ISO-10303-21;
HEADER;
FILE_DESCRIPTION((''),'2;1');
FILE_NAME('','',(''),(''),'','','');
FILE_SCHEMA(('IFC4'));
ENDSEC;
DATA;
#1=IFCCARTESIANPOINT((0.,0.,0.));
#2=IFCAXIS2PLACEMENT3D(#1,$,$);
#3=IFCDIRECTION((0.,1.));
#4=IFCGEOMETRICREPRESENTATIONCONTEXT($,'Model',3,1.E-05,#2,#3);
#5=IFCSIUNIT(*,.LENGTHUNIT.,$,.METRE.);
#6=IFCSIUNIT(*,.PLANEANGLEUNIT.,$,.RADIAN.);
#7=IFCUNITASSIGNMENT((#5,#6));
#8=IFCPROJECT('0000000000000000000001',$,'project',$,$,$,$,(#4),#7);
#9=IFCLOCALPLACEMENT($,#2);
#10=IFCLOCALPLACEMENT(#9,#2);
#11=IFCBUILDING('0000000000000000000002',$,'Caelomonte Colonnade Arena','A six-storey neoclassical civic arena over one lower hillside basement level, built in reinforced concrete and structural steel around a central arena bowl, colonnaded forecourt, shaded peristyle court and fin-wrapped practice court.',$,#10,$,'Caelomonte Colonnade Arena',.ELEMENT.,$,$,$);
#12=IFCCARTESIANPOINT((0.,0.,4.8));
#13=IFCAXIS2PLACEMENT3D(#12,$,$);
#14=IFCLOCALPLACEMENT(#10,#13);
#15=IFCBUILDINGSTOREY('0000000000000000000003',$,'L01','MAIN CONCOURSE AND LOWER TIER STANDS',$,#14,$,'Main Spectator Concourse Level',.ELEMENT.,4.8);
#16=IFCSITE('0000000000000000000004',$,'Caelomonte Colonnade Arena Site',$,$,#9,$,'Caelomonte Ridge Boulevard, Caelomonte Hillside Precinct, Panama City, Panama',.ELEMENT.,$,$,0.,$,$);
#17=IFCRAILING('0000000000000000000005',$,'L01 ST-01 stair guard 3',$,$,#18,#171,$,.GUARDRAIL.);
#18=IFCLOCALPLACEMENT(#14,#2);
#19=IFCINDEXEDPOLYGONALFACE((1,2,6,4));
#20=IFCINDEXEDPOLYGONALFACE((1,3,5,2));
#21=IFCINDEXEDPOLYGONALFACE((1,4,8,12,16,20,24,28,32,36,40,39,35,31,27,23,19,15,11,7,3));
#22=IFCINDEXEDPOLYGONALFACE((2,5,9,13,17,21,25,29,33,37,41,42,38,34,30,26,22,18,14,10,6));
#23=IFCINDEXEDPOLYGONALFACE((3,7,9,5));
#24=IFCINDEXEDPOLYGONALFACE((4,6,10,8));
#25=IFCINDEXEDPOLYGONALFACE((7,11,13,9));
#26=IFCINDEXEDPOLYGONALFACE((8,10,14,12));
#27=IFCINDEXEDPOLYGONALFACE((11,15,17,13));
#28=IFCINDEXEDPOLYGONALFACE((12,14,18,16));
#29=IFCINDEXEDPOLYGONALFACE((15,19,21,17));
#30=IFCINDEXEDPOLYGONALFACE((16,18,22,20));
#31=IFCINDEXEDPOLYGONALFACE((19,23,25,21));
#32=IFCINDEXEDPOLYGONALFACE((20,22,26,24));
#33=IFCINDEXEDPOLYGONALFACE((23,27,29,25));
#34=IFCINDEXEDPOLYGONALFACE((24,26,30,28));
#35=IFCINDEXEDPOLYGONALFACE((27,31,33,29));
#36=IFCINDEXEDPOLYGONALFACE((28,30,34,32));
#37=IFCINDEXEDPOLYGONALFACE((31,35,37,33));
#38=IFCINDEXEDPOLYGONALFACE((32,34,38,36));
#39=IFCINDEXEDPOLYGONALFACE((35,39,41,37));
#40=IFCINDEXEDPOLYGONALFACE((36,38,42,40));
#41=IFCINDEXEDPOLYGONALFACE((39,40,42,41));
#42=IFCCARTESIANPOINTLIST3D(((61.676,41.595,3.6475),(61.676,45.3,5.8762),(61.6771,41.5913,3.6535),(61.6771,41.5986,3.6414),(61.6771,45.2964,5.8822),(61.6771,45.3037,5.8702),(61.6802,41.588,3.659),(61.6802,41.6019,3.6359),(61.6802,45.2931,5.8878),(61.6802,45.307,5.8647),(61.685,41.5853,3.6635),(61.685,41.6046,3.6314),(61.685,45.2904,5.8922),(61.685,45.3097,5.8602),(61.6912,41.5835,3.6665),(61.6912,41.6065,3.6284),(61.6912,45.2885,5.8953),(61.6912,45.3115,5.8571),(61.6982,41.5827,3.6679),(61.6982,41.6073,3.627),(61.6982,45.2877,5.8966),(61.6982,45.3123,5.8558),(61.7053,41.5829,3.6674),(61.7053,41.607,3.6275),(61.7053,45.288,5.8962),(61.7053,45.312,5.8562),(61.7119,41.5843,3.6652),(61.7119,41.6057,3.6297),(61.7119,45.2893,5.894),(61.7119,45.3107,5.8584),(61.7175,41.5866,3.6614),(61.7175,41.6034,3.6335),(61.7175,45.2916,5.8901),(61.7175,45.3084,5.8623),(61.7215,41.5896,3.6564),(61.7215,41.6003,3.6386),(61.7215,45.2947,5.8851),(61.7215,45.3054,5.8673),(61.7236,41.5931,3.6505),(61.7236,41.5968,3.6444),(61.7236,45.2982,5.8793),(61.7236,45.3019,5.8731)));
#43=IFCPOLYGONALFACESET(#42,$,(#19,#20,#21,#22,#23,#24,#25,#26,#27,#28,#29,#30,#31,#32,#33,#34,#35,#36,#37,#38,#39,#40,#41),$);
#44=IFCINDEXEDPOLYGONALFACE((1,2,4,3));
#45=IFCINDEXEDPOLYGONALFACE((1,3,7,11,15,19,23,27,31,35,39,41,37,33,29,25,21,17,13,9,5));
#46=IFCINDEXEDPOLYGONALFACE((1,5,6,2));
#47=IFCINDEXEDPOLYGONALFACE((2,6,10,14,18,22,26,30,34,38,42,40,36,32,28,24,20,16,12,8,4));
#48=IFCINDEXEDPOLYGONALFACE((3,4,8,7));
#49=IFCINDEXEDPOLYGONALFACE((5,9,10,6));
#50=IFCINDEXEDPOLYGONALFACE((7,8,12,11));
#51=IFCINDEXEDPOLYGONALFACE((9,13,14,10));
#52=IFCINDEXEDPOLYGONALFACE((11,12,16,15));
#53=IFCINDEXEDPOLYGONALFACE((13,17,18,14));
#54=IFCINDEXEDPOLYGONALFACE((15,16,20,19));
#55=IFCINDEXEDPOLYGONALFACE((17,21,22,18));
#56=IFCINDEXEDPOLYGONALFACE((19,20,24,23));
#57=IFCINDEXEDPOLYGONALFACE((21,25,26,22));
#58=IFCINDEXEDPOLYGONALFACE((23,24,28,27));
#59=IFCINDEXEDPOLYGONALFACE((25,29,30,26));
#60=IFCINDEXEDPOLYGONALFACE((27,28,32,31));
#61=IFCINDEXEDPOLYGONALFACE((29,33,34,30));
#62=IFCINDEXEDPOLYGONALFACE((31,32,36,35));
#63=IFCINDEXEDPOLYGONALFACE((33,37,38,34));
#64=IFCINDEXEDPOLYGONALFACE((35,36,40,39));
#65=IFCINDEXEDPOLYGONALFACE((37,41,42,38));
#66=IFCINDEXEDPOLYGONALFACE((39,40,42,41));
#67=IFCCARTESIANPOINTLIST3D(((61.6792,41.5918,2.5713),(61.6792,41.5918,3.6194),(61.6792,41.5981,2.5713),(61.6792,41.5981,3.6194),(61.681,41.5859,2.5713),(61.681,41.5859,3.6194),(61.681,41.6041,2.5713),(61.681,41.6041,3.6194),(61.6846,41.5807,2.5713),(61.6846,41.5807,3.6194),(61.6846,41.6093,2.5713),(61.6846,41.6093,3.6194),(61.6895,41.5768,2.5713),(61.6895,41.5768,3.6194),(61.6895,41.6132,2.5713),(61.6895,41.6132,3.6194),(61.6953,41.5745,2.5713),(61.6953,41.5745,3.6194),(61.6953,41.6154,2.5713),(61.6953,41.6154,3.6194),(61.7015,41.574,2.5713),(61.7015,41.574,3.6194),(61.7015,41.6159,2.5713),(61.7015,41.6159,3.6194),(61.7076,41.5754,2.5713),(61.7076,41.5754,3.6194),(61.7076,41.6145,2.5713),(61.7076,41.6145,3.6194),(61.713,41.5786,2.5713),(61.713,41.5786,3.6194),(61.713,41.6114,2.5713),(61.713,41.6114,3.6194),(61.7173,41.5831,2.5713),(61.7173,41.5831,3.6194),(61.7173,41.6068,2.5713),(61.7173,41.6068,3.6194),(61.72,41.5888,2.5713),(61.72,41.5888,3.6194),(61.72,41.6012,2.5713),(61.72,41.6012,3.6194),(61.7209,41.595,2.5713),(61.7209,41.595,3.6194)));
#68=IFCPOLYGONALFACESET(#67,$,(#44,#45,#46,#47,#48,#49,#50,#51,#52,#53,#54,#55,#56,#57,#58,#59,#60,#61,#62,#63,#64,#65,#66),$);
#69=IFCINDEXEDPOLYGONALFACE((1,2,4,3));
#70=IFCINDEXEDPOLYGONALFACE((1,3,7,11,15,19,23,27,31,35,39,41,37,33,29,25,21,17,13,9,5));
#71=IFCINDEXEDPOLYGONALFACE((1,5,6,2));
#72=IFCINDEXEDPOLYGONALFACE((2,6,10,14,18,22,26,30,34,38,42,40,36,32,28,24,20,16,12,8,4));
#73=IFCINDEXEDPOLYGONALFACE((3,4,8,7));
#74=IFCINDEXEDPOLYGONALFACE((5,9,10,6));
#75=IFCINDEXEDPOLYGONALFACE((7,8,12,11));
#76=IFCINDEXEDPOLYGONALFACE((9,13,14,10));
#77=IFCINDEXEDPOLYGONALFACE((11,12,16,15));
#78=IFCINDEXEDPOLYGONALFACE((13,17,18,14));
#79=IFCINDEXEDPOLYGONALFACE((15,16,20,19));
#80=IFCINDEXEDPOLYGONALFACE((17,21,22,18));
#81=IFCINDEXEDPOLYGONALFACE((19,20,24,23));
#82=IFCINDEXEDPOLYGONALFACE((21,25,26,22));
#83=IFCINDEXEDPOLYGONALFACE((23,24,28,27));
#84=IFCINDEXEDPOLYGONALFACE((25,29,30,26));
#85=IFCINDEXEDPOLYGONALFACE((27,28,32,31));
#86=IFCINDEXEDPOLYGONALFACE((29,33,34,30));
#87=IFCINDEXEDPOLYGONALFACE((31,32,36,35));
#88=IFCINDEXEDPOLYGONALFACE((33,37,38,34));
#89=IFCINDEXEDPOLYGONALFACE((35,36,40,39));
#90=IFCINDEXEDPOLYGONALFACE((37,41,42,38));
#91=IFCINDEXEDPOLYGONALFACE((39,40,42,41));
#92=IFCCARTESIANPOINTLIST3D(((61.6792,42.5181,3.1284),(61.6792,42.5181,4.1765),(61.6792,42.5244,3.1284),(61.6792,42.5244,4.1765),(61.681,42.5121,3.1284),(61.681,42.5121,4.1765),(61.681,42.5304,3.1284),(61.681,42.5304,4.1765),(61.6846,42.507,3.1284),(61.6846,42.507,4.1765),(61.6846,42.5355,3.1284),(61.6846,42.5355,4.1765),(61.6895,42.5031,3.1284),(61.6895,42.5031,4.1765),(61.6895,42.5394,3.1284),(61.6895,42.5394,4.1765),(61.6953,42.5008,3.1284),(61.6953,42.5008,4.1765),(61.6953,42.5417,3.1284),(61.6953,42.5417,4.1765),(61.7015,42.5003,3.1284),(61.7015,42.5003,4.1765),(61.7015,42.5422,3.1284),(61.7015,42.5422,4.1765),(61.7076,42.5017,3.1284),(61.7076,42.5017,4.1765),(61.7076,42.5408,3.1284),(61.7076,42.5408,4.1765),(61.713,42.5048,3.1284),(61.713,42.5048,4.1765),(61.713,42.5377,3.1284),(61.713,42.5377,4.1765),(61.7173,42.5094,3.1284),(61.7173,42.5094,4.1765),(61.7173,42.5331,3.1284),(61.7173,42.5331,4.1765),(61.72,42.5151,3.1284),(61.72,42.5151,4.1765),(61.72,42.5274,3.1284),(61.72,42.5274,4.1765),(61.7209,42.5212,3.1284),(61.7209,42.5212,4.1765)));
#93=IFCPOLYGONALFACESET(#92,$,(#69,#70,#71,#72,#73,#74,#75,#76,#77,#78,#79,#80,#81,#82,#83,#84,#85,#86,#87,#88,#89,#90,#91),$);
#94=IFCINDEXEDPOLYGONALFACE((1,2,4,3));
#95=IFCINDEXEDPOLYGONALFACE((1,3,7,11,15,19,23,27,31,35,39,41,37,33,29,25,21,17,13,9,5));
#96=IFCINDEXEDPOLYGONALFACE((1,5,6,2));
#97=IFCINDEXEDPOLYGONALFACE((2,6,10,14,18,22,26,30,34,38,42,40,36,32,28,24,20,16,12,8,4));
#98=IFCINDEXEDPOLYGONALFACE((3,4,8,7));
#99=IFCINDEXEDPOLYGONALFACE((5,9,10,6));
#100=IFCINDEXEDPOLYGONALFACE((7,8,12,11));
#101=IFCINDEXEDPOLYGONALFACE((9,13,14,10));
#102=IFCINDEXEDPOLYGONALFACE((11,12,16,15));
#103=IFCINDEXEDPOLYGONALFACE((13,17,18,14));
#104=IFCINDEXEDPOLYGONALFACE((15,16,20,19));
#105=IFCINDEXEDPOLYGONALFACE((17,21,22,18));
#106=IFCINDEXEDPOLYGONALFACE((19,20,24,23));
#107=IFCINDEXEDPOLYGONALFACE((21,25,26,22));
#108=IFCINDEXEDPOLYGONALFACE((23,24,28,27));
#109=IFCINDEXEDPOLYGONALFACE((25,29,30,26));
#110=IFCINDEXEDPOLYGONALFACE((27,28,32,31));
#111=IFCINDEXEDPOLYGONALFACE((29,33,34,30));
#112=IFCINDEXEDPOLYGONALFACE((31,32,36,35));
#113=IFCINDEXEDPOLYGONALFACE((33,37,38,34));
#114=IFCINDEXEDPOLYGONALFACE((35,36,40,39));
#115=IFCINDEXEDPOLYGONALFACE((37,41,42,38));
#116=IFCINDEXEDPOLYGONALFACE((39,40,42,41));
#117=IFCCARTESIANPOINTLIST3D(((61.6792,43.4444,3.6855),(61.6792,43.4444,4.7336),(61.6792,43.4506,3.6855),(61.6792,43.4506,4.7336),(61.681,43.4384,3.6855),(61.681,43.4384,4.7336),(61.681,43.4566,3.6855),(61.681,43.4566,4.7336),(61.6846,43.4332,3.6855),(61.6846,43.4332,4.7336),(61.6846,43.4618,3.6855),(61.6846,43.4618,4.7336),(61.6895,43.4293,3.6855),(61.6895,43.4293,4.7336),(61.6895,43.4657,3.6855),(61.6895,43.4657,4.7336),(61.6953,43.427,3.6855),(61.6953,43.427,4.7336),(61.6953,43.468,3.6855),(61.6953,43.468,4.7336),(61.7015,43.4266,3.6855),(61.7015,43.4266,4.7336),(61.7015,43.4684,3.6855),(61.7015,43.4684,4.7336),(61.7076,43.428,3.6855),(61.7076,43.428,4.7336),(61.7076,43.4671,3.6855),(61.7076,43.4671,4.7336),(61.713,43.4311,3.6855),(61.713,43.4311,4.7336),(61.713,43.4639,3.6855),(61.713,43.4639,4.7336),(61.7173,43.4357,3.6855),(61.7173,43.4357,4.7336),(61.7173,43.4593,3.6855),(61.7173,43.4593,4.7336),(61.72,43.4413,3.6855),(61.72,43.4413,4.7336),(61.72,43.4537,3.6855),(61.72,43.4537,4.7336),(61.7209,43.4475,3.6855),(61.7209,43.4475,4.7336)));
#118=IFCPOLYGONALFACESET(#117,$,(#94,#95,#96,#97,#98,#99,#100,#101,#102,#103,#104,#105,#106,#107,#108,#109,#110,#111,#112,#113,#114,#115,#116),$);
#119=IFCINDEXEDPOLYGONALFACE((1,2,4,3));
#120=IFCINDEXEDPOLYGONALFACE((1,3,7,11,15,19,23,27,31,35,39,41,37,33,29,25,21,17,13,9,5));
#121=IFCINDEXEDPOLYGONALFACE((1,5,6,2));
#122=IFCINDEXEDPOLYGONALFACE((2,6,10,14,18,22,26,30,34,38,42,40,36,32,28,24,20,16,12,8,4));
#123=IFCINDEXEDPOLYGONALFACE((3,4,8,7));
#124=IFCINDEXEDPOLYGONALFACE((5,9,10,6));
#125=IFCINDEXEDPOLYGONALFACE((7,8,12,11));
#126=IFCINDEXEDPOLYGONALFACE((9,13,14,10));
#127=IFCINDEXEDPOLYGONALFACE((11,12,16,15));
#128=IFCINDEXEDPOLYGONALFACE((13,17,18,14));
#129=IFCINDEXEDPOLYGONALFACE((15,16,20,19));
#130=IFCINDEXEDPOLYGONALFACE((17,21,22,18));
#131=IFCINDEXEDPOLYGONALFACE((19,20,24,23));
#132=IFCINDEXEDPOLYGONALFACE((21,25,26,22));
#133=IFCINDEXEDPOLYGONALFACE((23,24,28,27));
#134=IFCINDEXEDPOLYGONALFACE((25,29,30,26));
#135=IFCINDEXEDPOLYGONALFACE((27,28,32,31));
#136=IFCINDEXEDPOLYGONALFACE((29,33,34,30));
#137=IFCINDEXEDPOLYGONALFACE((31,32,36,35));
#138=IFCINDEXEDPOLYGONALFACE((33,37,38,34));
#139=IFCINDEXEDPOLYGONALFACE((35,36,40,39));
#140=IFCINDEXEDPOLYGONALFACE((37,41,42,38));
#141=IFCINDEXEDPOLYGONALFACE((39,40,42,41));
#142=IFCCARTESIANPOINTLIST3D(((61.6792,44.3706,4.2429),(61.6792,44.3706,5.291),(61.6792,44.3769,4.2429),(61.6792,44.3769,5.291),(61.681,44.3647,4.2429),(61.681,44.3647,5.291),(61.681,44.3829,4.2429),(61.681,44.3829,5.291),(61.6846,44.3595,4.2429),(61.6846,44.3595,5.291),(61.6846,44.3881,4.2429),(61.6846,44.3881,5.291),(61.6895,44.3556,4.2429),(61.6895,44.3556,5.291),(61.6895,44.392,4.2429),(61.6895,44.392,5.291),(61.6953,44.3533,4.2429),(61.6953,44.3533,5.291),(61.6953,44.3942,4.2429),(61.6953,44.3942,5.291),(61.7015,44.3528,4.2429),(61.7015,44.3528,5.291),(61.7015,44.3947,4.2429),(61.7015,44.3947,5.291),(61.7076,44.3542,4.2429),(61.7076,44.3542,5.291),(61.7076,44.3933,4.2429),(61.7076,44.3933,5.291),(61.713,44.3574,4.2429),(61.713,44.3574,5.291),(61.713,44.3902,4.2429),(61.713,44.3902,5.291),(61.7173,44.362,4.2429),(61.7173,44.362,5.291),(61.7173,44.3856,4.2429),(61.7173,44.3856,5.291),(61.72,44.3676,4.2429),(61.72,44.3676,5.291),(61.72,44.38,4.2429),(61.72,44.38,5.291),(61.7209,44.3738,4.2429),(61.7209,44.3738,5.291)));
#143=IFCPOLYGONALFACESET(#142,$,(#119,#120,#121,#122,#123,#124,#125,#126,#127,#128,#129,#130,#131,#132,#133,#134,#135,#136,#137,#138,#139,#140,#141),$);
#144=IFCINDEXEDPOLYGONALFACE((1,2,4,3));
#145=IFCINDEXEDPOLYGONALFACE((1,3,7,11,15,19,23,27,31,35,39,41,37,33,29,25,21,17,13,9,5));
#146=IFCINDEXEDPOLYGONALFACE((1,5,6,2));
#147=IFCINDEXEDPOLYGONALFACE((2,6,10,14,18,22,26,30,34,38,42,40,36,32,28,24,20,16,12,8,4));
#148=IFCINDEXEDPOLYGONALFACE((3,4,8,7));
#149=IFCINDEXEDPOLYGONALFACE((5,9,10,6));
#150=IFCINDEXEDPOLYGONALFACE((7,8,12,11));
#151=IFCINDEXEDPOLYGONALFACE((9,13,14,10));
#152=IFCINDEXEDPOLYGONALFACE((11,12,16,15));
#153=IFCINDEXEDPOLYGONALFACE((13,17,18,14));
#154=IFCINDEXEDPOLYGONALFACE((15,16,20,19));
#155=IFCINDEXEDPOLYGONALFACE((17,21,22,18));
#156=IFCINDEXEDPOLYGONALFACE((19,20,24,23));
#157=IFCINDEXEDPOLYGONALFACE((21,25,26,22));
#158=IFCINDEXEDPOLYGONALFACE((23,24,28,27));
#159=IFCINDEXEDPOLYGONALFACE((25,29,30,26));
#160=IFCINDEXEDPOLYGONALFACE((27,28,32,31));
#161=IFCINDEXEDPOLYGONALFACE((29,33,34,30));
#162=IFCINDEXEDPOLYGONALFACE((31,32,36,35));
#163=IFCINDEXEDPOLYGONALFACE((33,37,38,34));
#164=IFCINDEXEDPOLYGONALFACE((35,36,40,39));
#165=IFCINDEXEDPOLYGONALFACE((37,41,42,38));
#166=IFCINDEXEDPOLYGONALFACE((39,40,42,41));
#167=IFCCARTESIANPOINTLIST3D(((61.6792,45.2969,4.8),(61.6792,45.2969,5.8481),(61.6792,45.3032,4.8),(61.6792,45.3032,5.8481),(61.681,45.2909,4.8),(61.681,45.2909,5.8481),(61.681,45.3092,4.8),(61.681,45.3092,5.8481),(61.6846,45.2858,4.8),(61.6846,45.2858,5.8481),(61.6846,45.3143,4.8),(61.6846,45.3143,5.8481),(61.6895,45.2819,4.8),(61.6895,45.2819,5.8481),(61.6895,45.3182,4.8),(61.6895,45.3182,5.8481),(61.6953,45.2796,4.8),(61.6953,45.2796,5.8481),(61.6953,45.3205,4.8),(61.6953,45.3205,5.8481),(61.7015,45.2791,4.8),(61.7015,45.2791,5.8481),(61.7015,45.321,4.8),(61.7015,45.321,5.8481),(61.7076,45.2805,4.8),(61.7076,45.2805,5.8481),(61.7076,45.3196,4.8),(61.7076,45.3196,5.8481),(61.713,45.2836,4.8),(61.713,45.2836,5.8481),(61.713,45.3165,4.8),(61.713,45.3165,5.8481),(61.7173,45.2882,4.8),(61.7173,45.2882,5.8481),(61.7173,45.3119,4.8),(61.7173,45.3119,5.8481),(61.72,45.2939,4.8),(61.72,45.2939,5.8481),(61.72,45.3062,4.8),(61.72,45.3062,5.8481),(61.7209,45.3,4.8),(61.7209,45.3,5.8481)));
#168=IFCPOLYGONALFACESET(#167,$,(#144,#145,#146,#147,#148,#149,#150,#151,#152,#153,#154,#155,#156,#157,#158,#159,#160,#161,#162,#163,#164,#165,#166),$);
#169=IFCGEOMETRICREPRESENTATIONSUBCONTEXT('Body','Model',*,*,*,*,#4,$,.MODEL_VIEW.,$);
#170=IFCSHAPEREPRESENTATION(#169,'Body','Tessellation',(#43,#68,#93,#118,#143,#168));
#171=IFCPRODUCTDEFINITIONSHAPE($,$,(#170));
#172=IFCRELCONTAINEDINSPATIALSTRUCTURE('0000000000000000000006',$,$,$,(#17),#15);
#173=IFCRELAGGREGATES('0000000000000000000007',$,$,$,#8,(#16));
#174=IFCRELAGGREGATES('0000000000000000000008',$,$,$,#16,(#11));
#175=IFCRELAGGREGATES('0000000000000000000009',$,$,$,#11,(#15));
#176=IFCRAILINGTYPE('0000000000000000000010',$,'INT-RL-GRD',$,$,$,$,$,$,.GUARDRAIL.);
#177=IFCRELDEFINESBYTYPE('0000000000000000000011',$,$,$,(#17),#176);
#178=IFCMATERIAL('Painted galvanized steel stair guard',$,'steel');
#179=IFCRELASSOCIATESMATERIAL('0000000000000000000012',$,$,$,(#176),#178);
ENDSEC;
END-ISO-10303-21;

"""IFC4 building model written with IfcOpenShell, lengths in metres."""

from ifc_helpers import new_model, si_unit, direction, frame, origin, origin_2d, place, context, subcontext, project, spatial, circle, extrude, material, type_object, element, save


model = new_model("IFC4")

# Units and contexts
model_context = context("Model", 3, precision=1e-05, world=origin(), true_north=direction((0.0, 1.0)))
body_context = subcontext(model_context, "Body", "Model", "MODEL_VIEW")
ifc_project = project(units=[si_unit("LENGTHUNIT", "METRE"), si_unit("PLANEANGLEUNIT", "RADIAN")], contexts=[model_context])

# Site, building, storey
site_placement = place(None, origin())
site = spatial("IfcSite", under=ifc_project, at=site_placement, Name="Caelomonte Colonnade Arena Site", LongName="Caelomonte Ridge Boulevard, Caelomonte Hillside Precinct, Panama City, Panama", CompositionType="ELEMENT", RefElevation=0.0)
building_placement = place(site_placement, origin())
building = spatial("IfcBuilding", under=site, at=building_placement, Name="Caelomonte Colonnade Arena", Description="A six-storey neoclassical civic arena over one lower hillside basement level, built in reinforced concrete and structural steel around a central arena bowl, colonnaded forecourt, shaded peristyle court and fin-wrapped practice court.", LongName="Caelomonte Colonnade Arena", CompositionType="ELEMENT")
storey_placement = place(building_placement, frame((0.0, 0.0, 4.8)))
storey = spatial("IfcBuildingStorey", under=building, at=storey_placement, Name="L01", Description="MAIN CONCOURSE AND LOWER TIER STANDS", LongName="Main Spectator Concourse Level", CompositionType="ELEMENT", Elevation=4.8)

# Railing
ifc_material_1 = material(Name="Painted galvanized steel stair guard", Category="steel")
railing_type_1 = type_object("IfcRailingType", Name="INT-RL-GRD", PredefinedType="GUARDRAIL", material=ifc_material_1)
railing_1_placement = place(storey_placement, frame((61.7, 41.595, 2.5713)))
element("IfcRailing", 1, at=railing_1_placement, inside=storey, type_object=railing_type_1, Name="L01 ST-01 stair guard 3", PredefinedType="GUARDRAIL", context=body_context, shape_type="SweptSolid", body=[
    extrude(circle(Radius=0.0239, at=origin_2d()), frame((0.0, 0.0, 1.0762), z_axis=(0.0, 0.856909, 0.515467), x_axis=(-1.0, 0.0, 0.0)), (0.0, 0.0, 1.0), 4.3237),
    extrude(circle(Radius=0.021, at=origin_2d()), origin(), (0.0, 0.0, 1.0), 1.0481),
    extrude(circle(Radius=0.021, at=origin_2d()), frame((0.0, 0.9263, 0.5571)), (0.0, 0.0, 1.0), 1.0481),
    extrude(circle(Radius=0.021, at=origin_2d()), frame((0.0, 1.8525, 1.1143)), (0.0, 0.0, 1.0), 1.0481),
    extrude(circle(Radius=0.021, at=origin_2d()), frame((0.0, 2.7788, 1.6716)), (0.0, 0.0, 1.0), 1.0481),
    extrude(circle(Radius=0.021, at=origin_2d()), frame((0.0, 3.7051, 2.2288)), (0.0, 0.0, 1.0), 1.0481),
])

save(model, "model.ifc")
